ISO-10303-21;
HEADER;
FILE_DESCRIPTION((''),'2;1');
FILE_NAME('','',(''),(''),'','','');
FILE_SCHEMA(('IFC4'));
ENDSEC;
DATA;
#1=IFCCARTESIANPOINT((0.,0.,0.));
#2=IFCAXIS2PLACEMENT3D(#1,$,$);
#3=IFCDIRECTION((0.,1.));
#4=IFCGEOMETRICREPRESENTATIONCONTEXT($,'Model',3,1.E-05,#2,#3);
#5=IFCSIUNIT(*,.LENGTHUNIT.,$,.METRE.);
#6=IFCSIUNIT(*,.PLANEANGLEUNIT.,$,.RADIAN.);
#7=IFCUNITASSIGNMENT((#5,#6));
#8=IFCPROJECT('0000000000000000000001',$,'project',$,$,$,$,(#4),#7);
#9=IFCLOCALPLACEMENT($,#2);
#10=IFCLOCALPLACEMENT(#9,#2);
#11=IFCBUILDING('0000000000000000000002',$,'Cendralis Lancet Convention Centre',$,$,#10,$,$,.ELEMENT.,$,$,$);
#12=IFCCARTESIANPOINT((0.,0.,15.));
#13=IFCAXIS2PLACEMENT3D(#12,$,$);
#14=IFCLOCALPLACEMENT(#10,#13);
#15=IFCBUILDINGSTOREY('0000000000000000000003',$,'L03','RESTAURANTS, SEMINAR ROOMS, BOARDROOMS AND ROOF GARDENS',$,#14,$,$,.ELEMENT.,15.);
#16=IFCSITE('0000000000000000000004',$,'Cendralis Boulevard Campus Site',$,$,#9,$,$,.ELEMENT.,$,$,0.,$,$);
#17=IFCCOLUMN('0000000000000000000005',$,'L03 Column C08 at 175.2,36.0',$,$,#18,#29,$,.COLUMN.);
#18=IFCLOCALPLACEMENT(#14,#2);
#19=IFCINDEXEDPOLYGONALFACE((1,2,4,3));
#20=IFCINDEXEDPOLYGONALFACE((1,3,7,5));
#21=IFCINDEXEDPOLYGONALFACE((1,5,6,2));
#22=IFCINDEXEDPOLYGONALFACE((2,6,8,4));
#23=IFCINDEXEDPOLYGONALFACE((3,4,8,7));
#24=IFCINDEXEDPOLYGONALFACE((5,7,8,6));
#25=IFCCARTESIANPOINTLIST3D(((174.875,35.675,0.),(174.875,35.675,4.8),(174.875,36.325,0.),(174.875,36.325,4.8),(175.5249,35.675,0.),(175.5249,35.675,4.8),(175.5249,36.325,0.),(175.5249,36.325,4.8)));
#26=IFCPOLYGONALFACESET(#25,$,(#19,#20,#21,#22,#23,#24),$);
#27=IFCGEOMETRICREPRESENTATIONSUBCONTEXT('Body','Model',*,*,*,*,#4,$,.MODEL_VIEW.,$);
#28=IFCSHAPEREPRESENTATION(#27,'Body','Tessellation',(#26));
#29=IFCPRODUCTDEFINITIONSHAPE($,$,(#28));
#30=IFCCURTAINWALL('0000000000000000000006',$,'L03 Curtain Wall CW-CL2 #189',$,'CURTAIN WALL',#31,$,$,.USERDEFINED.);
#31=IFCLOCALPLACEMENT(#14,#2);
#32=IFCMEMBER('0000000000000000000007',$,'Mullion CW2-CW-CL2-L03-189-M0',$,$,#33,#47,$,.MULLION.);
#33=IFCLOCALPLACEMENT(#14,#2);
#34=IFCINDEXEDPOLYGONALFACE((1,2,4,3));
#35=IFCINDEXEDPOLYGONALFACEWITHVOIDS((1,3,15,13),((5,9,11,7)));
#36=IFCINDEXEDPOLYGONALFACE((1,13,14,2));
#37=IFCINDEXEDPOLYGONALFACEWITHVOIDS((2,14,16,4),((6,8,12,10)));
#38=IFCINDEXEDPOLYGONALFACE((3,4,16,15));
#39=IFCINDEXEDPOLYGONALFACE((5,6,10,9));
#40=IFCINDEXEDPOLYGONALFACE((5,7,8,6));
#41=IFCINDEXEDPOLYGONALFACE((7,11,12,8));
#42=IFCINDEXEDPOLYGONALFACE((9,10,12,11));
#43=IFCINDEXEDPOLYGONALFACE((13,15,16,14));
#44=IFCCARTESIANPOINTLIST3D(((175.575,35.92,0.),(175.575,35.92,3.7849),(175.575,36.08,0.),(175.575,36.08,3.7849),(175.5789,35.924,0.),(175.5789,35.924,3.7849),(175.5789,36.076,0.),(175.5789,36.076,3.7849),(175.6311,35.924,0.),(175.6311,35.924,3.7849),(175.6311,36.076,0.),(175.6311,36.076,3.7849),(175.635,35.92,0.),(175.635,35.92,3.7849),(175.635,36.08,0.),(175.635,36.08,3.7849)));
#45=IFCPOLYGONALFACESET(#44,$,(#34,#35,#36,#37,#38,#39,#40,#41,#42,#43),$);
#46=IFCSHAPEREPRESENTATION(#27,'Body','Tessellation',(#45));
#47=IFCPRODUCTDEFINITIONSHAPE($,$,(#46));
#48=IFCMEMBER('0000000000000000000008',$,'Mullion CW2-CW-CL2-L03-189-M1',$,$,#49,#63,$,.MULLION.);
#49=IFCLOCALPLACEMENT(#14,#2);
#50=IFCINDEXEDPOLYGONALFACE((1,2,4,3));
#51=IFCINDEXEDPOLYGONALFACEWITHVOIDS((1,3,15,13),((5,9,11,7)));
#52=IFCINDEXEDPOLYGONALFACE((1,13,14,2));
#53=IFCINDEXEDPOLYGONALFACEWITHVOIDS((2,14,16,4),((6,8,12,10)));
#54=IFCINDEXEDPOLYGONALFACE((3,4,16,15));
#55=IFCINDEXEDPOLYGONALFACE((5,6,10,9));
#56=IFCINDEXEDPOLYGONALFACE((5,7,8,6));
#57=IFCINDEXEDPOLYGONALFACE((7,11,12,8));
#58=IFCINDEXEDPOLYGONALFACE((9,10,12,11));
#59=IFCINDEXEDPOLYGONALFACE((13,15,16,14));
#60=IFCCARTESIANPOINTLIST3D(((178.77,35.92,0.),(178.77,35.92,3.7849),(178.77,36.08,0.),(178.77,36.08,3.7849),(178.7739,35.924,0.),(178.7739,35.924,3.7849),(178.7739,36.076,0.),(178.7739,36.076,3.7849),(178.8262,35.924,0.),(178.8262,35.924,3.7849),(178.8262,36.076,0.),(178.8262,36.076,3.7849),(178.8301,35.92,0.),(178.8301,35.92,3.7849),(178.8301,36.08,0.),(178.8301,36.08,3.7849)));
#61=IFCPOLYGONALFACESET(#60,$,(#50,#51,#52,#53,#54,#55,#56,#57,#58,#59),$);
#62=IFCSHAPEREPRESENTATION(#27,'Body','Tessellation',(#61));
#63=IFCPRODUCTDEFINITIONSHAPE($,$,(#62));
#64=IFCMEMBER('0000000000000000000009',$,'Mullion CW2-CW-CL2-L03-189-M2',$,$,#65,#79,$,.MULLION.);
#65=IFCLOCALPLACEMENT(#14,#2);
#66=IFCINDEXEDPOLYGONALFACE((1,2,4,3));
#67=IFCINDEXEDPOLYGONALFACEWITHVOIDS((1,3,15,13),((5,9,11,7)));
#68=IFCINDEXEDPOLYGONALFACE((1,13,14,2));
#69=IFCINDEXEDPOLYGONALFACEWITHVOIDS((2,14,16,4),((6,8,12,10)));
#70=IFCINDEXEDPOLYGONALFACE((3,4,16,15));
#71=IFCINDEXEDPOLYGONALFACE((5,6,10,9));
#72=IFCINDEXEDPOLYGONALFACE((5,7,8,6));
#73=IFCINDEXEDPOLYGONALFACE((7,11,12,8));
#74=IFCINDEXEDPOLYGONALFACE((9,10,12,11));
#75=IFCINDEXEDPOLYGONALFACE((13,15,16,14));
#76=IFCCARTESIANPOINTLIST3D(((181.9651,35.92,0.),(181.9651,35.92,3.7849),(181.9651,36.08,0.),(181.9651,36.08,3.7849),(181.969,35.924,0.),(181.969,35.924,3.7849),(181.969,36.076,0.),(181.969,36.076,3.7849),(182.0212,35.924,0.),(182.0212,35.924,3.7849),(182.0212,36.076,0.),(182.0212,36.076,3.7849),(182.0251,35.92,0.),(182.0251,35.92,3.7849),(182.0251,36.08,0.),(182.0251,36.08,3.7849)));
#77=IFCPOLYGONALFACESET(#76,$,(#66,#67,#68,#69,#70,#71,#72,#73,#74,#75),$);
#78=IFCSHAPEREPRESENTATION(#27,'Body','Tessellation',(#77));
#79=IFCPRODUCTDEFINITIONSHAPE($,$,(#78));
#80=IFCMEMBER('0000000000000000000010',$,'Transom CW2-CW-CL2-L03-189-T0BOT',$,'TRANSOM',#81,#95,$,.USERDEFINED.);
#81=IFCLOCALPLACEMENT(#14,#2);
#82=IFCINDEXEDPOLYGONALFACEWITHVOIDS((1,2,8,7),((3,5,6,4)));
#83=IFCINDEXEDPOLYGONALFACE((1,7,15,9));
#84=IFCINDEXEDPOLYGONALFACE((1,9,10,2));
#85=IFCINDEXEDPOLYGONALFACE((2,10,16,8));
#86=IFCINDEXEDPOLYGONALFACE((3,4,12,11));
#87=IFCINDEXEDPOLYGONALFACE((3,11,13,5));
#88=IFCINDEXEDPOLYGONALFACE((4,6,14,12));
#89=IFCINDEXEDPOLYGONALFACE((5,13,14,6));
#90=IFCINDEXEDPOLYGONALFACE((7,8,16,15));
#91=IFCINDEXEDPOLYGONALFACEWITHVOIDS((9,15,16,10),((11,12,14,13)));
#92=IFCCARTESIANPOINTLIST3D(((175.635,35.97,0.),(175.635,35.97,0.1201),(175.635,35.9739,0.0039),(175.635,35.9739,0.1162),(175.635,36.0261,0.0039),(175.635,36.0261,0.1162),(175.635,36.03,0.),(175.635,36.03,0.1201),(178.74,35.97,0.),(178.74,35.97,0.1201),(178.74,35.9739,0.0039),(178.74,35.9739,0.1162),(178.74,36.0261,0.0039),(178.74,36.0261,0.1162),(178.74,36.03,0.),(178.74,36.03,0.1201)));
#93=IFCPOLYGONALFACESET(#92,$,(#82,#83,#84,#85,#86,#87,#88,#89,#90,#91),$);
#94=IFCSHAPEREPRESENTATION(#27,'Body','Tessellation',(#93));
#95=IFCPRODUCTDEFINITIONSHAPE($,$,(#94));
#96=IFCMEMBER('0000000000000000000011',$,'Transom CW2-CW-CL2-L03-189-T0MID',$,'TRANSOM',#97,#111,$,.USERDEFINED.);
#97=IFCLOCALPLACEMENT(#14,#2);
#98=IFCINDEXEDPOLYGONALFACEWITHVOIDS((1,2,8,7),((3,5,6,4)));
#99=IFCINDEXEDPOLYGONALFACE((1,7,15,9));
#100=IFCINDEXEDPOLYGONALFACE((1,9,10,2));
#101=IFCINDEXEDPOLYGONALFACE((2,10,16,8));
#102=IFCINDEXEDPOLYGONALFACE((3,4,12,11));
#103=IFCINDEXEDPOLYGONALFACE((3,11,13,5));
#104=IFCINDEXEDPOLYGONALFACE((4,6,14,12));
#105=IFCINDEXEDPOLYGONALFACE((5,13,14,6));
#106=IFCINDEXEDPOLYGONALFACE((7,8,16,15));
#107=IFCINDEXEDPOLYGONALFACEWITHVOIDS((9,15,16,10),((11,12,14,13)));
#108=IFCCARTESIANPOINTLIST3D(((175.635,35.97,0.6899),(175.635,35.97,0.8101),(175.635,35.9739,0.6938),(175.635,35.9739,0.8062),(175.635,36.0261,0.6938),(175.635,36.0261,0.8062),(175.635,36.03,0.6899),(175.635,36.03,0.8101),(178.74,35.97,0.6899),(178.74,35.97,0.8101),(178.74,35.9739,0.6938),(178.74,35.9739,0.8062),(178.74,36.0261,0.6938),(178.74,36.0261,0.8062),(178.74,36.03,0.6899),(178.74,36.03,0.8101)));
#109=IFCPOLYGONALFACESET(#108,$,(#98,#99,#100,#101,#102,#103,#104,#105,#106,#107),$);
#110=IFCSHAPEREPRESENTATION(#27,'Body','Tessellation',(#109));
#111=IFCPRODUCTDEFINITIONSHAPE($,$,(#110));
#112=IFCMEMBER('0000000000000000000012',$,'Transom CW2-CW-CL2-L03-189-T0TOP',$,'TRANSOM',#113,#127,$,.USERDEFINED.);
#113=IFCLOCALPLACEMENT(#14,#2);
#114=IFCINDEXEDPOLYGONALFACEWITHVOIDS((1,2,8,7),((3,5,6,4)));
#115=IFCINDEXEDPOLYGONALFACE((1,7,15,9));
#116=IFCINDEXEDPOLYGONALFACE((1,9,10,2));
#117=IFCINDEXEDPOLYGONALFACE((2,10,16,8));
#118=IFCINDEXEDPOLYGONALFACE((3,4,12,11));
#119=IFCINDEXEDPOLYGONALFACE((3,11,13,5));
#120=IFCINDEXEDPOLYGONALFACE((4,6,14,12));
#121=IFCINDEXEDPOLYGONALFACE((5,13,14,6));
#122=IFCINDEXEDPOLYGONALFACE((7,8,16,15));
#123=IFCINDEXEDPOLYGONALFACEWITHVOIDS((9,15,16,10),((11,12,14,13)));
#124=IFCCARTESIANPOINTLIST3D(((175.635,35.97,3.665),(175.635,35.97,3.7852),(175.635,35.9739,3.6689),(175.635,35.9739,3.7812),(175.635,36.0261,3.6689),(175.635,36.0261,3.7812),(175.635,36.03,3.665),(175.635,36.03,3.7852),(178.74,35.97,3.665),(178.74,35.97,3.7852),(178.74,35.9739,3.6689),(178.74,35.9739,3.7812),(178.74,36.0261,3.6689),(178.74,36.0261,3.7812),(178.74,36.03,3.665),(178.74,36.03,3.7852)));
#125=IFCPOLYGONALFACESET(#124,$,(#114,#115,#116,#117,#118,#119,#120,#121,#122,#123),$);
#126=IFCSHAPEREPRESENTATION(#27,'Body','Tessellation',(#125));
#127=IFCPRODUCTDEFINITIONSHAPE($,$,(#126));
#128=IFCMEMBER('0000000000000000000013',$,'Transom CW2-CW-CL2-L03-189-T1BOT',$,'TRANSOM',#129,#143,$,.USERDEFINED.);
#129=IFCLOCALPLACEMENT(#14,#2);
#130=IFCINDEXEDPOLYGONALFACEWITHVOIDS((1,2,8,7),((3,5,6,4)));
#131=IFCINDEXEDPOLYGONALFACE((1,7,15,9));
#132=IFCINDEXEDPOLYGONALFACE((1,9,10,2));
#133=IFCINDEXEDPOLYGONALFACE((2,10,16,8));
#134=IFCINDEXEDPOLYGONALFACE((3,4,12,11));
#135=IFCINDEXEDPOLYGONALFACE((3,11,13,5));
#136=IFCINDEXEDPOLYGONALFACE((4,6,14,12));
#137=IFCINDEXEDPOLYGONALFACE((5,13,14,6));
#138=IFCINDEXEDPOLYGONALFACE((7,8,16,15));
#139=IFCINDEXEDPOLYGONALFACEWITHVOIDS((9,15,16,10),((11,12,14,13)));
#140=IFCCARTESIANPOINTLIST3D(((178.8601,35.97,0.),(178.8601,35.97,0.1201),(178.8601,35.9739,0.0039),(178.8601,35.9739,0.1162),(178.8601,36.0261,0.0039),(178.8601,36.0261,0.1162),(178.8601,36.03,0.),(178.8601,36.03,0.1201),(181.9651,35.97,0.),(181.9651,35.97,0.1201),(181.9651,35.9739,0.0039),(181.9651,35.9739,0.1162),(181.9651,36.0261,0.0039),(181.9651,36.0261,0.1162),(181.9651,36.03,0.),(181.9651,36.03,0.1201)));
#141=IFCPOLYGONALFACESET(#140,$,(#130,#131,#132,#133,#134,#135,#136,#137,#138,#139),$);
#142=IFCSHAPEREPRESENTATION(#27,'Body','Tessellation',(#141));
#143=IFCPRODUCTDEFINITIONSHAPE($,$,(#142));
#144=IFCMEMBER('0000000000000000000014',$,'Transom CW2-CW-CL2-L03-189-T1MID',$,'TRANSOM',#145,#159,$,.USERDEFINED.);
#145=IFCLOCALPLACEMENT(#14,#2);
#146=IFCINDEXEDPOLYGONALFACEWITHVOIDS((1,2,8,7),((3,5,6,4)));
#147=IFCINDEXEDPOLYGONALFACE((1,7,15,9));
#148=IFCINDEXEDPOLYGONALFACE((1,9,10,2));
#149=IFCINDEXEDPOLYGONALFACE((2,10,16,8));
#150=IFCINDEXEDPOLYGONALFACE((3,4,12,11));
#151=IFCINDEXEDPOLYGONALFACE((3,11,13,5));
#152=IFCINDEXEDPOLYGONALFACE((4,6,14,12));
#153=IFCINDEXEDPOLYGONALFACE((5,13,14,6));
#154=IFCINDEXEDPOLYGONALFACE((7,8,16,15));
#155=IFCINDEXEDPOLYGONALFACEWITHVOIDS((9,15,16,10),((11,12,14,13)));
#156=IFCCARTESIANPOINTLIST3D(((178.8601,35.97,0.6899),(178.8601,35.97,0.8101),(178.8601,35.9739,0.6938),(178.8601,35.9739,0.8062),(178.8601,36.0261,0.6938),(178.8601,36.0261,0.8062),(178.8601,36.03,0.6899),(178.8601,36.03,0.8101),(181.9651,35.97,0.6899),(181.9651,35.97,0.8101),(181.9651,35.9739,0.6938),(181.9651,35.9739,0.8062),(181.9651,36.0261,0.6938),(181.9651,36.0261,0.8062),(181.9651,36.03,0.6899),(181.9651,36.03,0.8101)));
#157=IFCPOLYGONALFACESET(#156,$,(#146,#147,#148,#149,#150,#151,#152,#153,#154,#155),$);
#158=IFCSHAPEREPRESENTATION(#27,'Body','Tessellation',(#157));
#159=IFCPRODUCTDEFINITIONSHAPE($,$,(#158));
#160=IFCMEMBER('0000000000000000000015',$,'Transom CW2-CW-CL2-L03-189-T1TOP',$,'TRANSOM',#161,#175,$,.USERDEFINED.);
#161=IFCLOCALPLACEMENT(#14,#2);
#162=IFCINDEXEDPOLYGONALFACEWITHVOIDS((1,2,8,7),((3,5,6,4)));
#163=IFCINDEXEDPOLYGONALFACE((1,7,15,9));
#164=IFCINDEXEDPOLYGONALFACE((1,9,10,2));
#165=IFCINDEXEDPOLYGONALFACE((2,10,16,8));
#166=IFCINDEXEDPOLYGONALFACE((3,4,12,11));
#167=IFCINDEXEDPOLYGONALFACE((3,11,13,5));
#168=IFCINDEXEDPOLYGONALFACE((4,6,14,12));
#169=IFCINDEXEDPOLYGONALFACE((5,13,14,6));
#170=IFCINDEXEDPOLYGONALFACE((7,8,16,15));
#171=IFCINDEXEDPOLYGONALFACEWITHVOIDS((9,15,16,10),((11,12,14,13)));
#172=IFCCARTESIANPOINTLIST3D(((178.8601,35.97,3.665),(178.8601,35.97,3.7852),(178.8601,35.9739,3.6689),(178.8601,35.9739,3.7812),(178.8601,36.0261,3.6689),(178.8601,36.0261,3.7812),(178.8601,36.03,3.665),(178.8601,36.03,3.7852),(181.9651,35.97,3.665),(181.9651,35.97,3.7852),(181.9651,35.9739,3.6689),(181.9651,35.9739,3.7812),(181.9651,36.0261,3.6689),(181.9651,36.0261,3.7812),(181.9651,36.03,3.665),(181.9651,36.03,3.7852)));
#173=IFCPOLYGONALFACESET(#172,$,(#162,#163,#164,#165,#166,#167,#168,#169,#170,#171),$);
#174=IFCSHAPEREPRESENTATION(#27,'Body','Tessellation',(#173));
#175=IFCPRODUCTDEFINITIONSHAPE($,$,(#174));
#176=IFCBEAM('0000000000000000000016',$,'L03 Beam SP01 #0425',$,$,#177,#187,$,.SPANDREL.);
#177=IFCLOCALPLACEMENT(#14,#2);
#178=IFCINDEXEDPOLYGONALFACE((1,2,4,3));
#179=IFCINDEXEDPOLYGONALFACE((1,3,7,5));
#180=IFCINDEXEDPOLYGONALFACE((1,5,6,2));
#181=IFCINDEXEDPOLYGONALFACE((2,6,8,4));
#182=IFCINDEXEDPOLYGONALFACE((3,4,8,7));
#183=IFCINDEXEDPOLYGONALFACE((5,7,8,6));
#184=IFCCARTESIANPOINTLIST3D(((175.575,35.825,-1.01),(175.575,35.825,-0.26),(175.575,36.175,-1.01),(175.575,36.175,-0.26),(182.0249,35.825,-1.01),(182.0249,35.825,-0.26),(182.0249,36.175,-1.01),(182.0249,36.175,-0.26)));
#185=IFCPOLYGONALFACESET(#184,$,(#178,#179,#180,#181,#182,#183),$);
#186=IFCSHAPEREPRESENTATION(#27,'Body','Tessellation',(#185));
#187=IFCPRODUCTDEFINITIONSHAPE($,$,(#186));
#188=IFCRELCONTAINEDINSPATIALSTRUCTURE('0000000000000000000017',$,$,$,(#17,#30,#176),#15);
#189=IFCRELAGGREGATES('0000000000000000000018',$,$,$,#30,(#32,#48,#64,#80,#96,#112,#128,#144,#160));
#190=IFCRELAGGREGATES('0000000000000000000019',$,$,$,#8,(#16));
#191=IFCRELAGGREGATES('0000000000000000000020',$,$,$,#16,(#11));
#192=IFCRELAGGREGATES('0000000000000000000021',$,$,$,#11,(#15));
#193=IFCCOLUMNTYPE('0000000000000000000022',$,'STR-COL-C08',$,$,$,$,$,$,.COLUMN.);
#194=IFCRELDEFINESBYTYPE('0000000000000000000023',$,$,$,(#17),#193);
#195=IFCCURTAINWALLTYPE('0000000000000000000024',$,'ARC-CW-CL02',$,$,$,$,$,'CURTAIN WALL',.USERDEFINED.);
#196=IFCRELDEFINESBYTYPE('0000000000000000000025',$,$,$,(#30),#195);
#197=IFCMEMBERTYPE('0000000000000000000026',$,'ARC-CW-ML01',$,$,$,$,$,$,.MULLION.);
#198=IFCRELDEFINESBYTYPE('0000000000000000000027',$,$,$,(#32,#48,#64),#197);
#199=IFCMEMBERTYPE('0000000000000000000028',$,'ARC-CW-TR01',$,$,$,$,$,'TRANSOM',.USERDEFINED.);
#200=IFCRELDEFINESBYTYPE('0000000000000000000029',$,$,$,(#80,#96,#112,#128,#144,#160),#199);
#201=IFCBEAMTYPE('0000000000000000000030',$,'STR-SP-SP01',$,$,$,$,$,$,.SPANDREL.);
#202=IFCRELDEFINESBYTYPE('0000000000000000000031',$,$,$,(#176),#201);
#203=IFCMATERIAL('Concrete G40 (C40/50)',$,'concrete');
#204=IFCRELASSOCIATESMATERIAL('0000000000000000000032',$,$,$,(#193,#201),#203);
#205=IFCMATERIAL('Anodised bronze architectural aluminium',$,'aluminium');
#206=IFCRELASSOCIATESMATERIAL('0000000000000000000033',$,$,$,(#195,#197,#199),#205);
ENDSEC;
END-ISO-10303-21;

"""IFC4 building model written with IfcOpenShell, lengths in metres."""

from ifc_helpers import new_model, si_unit, direction, frame, origin, origin_2d, place, context, subcontext, project, spatial, rectangle, hollow_rectangle, extrude, material, material_profile, profile_set, type_object, element, aggregate, save


model = new_model("IFC4")

# Units and contexts
model_context = context("Model", 3, precision=1e-05, world=origin(), true_north=direction((0.0, 1.0)))
body_context = subcontext(model_context, "Body", "Model", "MODEL_VIEW")
ifc_project = project(units=[si_unit("LENGTHUNIT", "METRE"), si_unit("PLANEANGLEUNIT", "RADIAN")], contexts=[model_context])

# Site, building, storey
site_placement = place(None, origin())
site = spatial("IfcSite", under=ifc_project, at=site_placement, Name="Cendralis Boulevard Campus Site", CompositionType="ELEMENT", RefElevation=0.0)
building_placement = place(site_placement, origin())
building = spatial("IfcBuilding", under=site, at=building_placement, Name="Cendralis Lancet Convention Centre", CompositionType="ELEMENT")
storey_placement = place(building_placement, frame((0.0, 0.0, 15.0)))
storey = spatial("IfcBuildingStorey", under=building, at=storey_placement, Name="L03", Description="RESTAURANTS, SEMINAR ROOMS, BOARDROOMS AND ROOF GARDENS", CompositionType="ELEMENT", Elevation=15.0)

# Column
ifc_material_1 = material(Name="Concrete G40 (C40/50)", Category="concrete")
ifc_material_profile_1 = material_profile(ifc_material_1, rectangle(XDim=0.6499, YDim=0.6499, at=origin_2d()), Name="RC 650x650")
ifc_profile_set_1 = profile_set([ifc_material_profile_1], Name="Concrete G40 (C40/50)")
column_type = type_object("IfcColumnType", Name="STR-COL-C08", PredefinedType="COLUMN", material=ifc_profile_set_1)
column_placement = place(storey_placement, frame((175.2, 36.0, 0.0), z_axis=(0.0, 0.0, 1.0), x_axis=(1.0, 0.0, 0.0)))
element("IfcColumn", 1, at=column_placement, inside=storey, type_object=column_type, Name="L03 Column C08 at 175.2,36.0", PredefinedType="COLUMN", context=body_context, shape_type="SweptSolid", body=[
    extrude(rectangle(XDim=0.6499, YDim=0.6499, at=origin_2d()), origin(), (0.0, 0.0, 1.0), 4.8),
])

# Curtain wall, members
ifc_material_2 = material(Name="Anodised bronze architectural aluminium", Category="aluminium")
curtain_wall_type = type_object("IfcCurtainWallType", Name="ARC-CW-CL02", ElementType="CURTAIN WALL", PredefinedType="USERDEFINED", material=ifc_material_2)
curtain_wall_placement = place(storey_placement, origin())
curtain_wall = element("IfcCurtainWall", 2, at=curtain_wall_placement, inside=storey, type_object=curtain_wall_type, Name="L03 Curtain Wall CW-CL2 #189", ObjectType="CURTAIN WALL", PredefinedType="USERDEFINED")
ifc_material_profile_2 = material_profile(ifc_material_2, hollow_rectangle(XDim=0.0601, YDim=0.1599, WallThickness=0.0039, at=origin_2d()), Name="AL-MULL 60x160x4.0")
ifc_profile_set_2 = profile_set([ifc_material_profile_2], Name="Anodised bronze architectural aluminium")
member_type_1 = type_object("IfcMemberType", Name="ARC-CW-ML01", PredefinedType="MULLION", material=ifc_profile_set_2)
member_1_placement = place(storey_placement, frame((175.605, 36.0, 0.0), z_axis=(0.0, 0.0, 1.0), x_axis=(1.0, 0.0, 0.0)))
member_1 = element("IfcMember", 3, at=member_1_placement, type_object=member_type_1, Name="Mullion CW2-CW-CL2-L03-189-M0", PredefinedType="MULLION", context=body_context, shape_type="SweptSolid", body=[
    extrude(hollow_rectangle(XDim=0.0601, YDim=0.1599, WallThickness=0.0039, at=origin_2d()), origin(), (0.0, 0.0, 1.0), 3.7849),
])
member_2_placement = place(storey_placement, frame((178.8, 36.0, 0.0), z_axis=(0.0, 0.0, 1.0), x_axis=(1.0, 0.0, 0.0)))
member_2 = element("IfcMember", 4, at=member_2_placement, type_object=member_type_1, Name="Mullion CW2-CW-CL2-L03-189-M1", PredefinedType="MULLION", context=body_context, shape_type="SweptSolid", body=[
    extrude(hollow_rectangle(XDim=0.0601, YDim=0.1599, WallThickness=0.0039, at=origin_2d()), origin(), (0.0, 0.0, 1.0), 3.7849),
])
member_3_placement = place(storey_placement, frame((181.9951, 36.0, 0.0), z_axis=(0.0, 0.0, 1.0), x_axis=(1.0, 0.0, 0.0)))
member_3 = element("IfcMember", 5, at=member_3_placement, type_object=member_type_1, Name="Mullion CW2-CW-CL2-L03-189-M2", PredefinedType="MULLION", context=body_context, shape_type="SweptSolid", body=[
    extrude(hollow_rectangle(XDim=0.0601, YDim=0.1599, WallThickness=0.0039, at=origin_2d()), origin(), (0.0, 0.0, 1.0), 3.7849),
])
ifc_material_profile_3 = material_profile(ifc_material_2, hollow_rectangle(XDim=0.0601, YDim=0.1201, WallThickness=0.0039, at=origin_2d()), Name="AL-TRAN 60x120x4.0")
ifc_profile_set_3 = profile_set([ifc_material_profile_3], Name="Anodised bronze architectural aluminium")
member_type_2 = type_object("IfcMemberType", Name="ARC-CW-TR01", ElementType="TRANSOM", PredefinedType="USERDEFINED", material=ifc_profile_set_3)
member_4_placement = place(storey_placement, frame((175.635, 36.0, 0.0601), z_axis=(1.0, 0.0, 0.0), x_axis=(0.0, 1.0, 0.0)))
member_4 = element("IfcMember", 6, at=member_4_placement, type_object=member_type_2, Name="Transom CW2-CW-CL2-L03-189-T0BOT", ObjectType="TRANSOM", PredefinedType="USERDEFINED", context=body_context, shape_type="SweptSolid", body=[
    extrude(hollow_rectangle(XDim=0.0601, YDim=0.1201, WallThickness=0.0039, at=origin_2d()), origin(), (0.0, 0.0, 1.0), 3.105),
])
member_5_placement = place(storey_placement, frame((175.635, 36.0, 0.75), z_axis=(1.0, 0.0, 0.0), x_axis=(0.0, 1.0, 0.0)))
member_5 = element("IfcMember", 7, at=member_5_placement, type_object=member_type_2, Name="Transom CW2-CW-CL2-L03-189-T0MID", ObjectType="TRANSOM", PredefinedType="USERDEFINED", context=body_context, shape_type="SweptSolid", body=[
    extrude(hollow_rectangle(XDim=0.0601, YDim=0.1201, WallThickness=0.0039, at=origin_2d()), origin(), (0.0, 0.0, 1.0), 3.105),
])
member_6_placement = place(storey_placement, frame((175.635, 36.0, 3.7251), z_axis=(1.0, 0.0, 0.0), x_axis=(0.0, 1.0, 0.0)))
member_6 = element("IfcMember", 8, at=member_6_placement, type_object=member_type_2, Name="Transom CW2-CW-CL2-L03-189-T0TOP", ObjectType="TRANSOM", PredefinedType="USERDEFINED", context=body_context, shape_type="SweptSolid", body=[
    extrude(hollow_rectangle(XDim=0.0601, YDim=0.1201, WallThickness=0.0039, at=origin_2d()), origin(), (0.0, 0.0, 1.0), 3.105),
])
member_7_placement = place(storey_placement, frame((178.8601, 36.0, 0.0601), z_axis=(1.0, 0.0, 0.0), x_axis=(0.0, 1.0, 0.0)))
member_7 = element("IfcMember", 9, at=member_7_placement, type_object=member_type_2, Name="Transom CW2-CW-CL2-L03-189-T1BOT", ObjectType="TRANSOM", PredefinedType="USERDEFINED", context=body_context, shape_type="SweptSolid", body=[
    extrude(hollow_rectangle(XDim=0.0601, YDim=0.1201, WallThickness=0.0039, at=origin_2d()), origin(), (0.0, 0.0, 1.0), 3.105),
])
member_8_placement = place(storey_placement, frame((178.8601, 36.0, 0.75), z_axis=(1.0, 0.0, 0.0), x_axis=(0.0, 1.0, 0.0)))
member_8 = element("IfcMember", 10, at=member_8_placement, type_object=member_type_2, Name="Transom CW2-CW-CL2-L03-189-T1MID", ObjectType="TRANSOM", PredefinedType="USERDEFINED", context=body_context, shape_type="SweptSolid", body=[
    extrude(hollow_rectangle(XDim=0.0601, YDim=0.1201, WallThickness=0.0039, at=origin_2d()), origin(), (0.0, 0.0, 1.0), 3.105),
])
member_9_placement = place(storey_placement, frame((178.8601, 36.0, 3.7251), z_axis=(1.0, 0.0, 0.0), x_axis=(0.0, 1.0, 0.0)))
member_9 = element("IfcMember", 11, at=member_9_placement, type_object=member_type_2, Name="Transom CW2-CW-CL2-L03-189-T1TOP", ObjectType="TRANSOM", PredefinedType="USERDEFINED", context=body_context, shape_type="SweptSolid", body=[
    extrude(hollow_rectangle(XDim=0.0601, YDim=0.1201, WallThickness=0.0039, at=origin_2d()), origin(), (0.0, 0.0, 1.0), 3.105),
])

# Beam
ifc_material_profile_4 = material_profile(ifc_material_1, rectangle(XDim=0.3501, YDim=0.75, at=origin_2d()), Name="RCB 350x750")
ifc_profile_set_4 = profile_set([ifc_material_profile_4], Name="Concrete G40 (C40/50)")
beam_type = type_object("IfcBeamType", Name="STR-SP-SP01", PredefinedType="SPANDREL", material=ifc_profile_set_4)
beam_placement = place(storey_placement, frame((175.575, 36.0, -0.635), z_axis=(1.0, 0.0, 0.0), x_axis=(0.0, 1.0, 0.0)))
element("IfcBeam", 12, at=beam_placement, inside=storey, type_object=beam_type, Name="L03 Beam SP01 #0425", PredefinedType="SPANDREL", context=body_context, shape_type="SweptSolid", body=[
    extrude(rectangle(XDim=0.3501, YDim=0.75, at=origin_2d()), origin(), (0.0, 0.0, 1.0), 6.45),
])

aggregate(curtain_wall, [member_1, member_2, member_3, member_4, member_5, member_6, member_7, member_8, member_9])

save(model, "model.ifc")
